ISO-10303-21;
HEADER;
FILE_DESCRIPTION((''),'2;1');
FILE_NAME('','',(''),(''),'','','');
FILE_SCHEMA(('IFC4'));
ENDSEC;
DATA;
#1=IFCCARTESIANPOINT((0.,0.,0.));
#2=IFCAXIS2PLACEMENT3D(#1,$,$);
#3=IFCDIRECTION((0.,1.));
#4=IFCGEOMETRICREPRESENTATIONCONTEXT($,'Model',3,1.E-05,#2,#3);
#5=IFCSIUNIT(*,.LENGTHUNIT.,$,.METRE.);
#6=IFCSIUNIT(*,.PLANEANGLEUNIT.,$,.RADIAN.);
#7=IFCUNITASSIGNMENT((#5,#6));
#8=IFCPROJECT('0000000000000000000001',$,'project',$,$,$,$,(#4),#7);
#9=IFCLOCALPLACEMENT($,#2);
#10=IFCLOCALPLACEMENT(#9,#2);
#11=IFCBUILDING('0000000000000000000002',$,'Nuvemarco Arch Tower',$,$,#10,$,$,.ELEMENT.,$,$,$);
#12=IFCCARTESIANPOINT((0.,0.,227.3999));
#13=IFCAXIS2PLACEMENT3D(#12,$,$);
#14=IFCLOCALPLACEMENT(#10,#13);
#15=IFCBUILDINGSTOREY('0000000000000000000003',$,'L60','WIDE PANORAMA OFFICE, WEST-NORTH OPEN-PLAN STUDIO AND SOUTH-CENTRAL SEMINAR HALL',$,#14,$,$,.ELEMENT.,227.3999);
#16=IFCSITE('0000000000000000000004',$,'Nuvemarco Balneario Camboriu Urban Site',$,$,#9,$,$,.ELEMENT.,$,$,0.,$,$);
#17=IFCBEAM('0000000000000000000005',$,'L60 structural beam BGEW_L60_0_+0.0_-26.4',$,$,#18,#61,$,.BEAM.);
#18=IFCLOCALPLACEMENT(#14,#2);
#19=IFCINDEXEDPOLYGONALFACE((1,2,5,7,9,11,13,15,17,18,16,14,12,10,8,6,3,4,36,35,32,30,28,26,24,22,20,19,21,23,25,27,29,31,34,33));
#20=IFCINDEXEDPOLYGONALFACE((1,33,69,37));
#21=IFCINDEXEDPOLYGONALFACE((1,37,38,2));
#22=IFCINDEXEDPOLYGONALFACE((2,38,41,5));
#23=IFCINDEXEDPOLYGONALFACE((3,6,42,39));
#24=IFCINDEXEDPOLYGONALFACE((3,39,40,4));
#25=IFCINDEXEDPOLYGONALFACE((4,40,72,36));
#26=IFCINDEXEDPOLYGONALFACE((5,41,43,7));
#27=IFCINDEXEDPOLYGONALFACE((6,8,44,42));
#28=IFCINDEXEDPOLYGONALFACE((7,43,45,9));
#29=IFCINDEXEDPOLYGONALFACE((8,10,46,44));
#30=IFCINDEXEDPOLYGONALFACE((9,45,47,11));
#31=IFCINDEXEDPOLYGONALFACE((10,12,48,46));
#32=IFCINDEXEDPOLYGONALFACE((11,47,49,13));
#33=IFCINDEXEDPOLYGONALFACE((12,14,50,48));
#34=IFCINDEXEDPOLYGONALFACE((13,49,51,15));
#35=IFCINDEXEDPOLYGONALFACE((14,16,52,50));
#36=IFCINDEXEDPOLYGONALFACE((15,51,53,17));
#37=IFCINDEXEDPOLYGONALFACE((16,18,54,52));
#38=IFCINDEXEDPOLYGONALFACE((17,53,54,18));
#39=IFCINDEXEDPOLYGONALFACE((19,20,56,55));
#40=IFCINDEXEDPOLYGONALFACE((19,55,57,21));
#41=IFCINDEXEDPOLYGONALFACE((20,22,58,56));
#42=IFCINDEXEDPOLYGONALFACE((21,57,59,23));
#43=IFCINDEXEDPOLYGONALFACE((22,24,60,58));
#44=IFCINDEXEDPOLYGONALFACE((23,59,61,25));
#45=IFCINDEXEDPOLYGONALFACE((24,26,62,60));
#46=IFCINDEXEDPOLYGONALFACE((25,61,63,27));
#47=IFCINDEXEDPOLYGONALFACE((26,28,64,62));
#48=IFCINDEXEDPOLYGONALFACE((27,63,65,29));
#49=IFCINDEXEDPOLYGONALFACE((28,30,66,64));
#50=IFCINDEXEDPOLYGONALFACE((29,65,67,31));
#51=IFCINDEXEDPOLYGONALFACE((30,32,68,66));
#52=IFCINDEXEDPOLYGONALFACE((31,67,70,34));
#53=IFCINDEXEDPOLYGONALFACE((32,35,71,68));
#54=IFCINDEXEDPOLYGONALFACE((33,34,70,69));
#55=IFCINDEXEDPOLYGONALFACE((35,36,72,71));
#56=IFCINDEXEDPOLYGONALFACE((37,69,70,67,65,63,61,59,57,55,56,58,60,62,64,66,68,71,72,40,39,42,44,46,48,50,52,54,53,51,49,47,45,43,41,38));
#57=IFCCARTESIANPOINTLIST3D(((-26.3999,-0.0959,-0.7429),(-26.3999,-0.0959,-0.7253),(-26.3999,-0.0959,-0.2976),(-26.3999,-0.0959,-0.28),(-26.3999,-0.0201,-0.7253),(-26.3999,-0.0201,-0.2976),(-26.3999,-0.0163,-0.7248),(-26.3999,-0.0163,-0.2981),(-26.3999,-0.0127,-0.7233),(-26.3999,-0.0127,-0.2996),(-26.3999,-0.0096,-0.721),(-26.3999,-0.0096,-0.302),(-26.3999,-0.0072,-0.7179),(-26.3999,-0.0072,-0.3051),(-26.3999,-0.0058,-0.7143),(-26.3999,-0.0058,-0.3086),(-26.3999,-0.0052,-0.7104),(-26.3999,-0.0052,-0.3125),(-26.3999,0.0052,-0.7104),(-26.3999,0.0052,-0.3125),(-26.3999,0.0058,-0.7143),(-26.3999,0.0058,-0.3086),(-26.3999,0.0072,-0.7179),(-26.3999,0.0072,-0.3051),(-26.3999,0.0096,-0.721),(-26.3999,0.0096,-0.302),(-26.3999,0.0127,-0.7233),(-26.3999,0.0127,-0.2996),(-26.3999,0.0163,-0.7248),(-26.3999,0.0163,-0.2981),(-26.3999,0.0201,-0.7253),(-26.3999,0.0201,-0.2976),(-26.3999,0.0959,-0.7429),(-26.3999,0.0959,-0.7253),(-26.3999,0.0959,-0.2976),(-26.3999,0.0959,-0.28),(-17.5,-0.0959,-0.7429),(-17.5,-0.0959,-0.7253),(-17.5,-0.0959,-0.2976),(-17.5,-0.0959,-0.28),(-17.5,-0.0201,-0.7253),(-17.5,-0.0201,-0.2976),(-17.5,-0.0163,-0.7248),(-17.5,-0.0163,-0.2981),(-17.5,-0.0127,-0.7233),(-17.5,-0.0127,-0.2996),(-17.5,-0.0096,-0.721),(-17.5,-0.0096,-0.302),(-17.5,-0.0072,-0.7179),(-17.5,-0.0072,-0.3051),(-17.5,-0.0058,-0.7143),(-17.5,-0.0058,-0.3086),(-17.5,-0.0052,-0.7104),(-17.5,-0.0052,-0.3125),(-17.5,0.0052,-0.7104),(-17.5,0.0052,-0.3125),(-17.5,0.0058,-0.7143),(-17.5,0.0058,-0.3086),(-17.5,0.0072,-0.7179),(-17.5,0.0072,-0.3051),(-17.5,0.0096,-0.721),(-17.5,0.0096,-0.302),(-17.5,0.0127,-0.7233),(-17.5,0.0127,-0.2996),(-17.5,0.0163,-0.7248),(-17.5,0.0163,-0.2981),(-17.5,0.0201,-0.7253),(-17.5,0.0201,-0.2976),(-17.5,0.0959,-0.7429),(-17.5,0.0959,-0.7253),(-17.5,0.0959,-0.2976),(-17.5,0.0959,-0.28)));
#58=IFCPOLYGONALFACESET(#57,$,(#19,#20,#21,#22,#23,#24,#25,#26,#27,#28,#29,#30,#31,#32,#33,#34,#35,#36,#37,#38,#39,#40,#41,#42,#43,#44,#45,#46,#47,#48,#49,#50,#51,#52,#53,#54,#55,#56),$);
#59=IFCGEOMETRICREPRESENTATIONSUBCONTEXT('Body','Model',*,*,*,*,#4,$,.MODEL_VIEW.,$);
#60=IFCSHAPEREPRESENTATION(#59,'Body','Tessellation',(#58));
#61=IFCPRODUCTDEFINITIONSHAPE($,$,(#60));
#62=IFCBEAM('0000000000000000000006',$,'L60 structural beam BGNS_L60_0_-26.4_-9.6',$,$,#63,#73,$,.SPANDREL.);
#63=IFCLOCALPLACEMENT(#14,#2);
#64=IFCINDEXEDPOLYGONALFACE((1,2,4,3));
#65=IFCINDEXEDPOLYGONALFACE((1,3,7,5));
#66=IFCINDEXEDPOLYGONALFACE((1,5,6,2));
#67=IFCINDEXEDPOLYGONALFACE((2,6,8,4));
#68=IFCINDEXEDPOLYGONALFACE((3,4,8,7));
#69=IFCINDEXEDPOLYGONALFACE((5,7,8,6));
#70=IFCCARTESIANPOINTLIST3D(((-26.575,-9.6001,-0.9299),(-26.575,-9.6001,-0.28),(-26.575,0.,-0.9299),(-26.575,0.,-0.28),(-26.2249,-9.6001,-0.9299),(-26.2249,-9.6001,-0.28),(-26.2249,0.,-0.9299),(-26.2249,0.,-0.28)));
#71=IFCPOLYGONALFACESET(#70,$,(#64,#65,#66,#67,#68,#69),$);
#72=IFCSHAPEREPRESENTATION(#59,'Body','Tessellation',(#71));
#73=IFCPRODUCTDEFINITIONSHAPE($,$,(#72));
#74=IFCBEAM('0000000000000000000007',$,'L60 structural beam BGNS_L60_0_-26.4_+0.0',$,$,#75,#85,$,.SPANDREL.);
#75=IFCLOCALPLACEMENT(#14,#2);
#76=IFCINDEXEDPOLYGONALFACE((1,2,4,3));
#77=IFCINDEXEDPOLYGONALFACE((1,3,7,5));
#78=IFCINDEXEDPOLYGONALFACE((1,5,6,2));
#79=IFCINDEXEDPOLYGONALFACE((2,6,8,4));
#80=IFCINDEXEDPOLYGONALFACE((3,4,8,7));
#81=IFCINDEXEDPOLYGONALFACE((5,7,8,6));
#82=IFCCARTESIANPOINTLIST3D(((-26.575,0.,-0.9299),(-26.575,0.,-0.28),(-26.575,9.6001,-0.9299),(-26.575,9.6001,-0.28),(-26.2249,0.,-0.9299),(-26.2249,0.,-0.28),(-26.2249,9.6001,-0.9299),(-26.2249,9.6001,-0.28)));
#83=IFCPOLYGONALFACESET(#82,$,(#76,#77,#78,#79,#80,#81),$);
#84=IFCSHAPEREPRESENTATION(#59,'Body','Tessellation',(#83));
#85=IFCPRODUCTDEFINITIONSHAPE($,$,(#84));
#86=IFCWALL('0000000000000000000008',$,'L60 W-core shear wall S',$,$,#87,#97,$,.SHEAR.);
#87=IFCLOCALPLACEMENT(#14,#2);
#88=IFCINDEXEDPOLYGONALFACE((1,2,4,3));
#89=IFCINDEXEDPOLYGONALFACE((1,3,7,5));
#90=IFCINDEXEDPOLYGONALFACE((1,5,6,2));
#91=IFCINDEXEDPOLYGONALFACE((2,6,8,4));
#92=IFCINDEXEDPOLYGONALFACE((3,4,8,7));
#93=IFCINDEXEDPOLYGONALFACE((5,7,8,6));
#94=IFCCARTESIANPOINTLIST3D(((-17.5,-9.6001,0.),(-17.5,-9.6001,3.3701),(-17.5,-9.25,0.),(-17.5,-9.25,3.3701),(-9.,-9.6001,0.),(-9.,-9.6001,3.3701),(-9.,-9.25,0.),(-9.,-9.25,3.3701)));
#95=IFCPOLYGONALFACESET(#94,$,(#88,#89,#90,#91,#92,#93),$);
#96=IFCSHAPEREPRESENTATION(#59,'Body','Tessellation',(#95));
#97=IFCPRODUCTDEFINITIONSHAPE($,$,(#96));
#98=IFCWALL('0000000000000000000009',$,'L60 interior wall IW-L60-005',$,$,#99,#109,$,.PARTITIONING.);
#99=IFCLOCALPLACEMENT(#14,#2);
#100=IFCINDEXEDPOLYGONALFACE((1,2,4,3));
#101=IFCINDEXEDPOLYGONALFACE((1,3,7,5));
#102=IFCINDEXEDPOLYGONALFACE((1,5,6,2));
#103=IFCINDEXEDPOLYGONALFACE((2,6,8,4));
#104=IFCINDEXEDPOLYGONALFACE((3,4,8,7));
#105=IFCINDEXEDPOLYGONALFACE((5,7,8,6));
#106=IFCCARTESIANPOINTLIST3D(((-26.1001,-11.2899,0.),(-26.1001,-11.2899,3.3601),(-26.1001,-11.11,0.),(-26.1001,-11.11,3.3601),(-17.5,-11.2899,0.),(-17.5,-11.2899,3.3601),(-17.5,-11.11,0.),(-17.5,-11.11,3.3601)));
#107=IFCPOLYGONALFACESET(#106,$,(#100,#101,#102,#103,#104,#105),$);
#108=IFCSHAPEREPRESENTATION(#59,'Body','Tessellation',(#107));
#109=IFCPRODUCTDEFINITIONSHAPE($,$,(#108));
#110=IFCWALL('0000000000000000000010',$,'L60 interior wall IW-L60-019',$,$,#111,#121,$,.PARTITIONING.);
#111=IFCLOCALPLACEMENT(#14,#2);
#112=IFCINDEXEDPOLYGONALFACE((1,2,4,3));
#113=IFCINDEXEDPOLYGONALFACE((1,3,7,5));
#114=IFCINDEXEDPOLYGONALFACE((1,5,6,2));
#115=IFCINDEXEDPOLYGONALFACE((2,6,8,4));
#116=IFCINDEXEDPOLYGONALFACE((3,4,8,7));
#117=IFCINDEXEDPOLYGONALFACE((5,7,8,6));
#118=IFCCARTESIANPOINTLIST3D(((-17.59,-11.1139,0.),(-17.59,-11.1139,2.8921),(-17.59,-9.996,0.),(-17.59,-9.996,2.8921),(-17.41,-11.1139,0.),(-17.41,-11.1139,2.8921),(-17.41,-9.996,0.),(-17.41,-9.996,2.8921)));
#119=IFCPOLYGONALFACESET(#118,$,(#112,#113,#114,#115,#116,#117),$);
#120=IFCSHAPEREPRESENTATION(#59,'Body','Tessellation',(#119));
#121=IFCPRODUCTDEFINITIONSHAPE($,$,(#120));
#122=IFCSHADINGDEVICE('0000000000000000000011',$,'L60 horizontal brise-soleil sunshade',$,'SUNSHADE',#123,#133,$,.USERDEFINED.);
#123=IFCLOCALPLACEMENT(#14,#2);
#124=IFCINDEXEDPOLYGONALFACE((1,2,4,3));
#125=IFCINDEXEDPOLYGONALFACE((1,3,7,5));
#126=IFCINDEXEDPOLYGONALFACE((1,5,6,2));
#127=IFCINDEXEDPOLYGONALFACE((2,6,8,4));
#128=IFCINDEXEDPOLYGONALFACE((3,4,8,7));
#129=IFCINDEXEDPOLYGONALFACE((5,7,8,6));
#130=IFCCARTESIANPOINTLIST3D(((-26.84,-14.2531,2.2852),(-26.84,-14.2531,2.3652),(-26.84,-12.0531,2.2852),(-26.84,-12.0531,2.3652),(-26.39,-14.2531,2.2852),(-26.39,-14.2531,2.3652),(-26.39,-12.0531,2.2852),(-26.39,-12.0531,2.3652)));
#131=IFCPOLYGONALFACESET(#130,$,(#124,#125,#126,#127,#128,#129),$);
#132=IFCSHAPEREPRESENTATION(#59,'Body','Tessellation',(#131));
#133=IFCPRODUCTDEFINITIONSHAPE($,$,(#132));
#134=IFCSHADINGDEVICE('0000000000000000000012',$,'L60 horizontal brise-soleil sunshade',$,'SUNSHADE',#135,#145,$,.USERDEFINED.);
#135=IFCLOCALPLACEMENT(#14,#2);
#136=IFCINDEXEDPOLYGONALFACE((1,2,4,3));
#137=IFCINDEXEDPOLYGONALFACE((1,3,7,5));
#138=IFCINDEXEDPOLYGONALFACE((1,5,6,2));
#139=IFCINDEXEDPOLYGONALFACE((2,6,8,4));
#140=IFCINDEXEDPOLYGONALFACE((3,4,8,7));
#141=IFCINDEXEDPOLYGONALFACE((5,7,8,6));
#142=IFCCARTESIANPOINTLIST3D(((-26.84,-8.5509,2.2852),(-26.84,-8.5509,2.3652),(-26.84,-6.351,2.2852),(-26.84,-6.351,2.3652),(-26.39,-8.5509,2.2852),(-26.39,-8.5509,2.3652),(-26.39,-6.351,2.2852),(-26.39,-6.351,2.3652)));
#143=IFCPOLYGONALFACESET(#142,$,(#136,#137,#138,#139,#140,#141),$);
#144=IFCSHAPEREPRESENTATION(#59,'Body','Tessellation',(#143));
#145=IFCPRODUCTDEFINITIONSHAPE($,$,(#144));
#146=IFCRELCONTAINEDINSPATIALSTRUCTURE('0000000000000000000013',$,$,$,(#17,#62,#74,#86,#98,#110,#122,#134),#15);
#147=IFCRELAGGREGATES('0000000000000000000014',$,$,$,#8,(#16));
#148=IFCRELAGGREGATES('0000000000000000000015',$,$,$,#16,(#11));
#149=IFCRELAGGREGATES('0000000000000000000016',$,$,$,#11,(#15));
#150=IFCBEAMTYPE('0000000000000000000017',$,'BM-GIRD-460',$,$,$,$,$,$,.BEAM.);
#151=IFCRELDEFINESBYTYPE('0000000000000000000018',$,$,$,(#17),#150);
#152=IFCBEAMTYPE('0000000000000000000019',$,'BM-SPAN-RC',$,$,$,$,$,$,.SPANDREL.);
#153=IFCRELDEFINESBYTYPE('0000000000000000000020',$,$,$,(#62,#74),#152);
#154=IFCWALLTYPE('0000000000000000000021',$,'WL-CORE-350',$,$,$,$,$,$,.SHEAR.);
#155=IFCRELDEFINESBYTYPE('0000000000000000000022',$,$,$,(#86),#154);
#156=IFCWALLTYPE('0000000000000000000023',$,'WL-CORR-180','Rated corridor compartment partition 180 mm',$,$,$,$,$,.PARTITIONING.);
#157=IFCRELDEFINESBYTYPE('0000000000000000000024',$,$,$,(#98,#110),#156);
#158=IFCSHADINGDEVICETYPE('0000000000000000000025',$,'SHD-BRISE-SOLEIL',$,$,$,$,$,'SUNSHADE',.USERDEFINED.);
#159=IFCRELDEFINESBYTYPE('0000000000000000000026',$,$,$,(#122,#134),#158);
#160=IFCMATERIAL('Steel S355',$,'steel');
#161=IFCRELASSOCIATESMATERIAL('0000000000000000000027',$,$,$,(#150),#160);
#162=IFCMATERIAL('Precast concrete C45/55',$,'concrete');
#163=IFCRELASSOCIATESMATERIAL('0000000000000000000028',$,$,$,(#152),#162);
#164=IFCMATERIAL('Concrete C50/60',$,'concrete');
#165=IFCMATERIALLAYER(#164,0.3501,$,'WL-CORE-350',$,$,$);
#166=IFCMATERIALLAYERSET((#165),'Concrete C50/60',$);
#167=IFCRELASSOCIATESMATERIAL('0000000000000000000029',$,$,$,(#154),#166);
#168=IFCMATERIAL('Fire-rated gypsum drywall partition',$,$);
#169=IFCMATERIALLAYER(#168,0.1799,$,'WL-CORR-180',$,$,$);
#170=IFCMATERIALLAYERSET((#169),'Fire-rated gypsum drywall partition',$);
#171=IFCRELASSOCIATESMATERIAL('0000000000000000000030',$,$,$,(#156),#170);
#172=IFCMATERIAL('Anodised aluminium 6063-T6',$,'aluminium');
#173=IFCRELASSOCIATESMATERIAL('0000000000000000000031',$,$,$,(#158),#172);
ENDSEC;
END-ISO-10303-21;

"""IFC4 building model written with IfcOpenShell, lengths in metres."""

from ifc_helpers import new_model, si_unit, direction, frame, frame_2d, origin, origin_2d, place, context, subcontext, project, spatial, rectangle, i_section, extrude, source, transform, mapped, material, layer, layer_set, material_profile, profile_set, type_object, type_shapes, element, save


model = new_model("IFC4")

# Units and contexts
model_context = context("Model", 3, precision=1e-05, world=origin(), true_north=direction((0.0, 1.0)))
body_context = subcontext(model_context, "Body", "Model", "MODEL_VIEW")
ifc_project = project(units=[si_unit("LENGTHUNIT", "METRE"), si_unit("PLANEANGLEUNIT", "RADIAN")], contexts=[model_context])

# Site, building, storey
site_placement = place(None, origin())
site = spatial("IfcSite", under=ifc_project, at=site_placement, Name="Nuvemarco Balneario Camboriu Urban Site", CompositionType="ELEMENT", RefElevation=0.0)
building_placement = place(site_placement, origin())
building = spatial("IfcBuilding", under=site, at=building_placement, Name="Nuvemarco Arch Tower", CompositionType="ELEMENT")
storey_placement = place(building_placement, frame((0.0, 0.0, 227.3999)))
storey = spatial("IfcBuildingStorey", under=building, at=storey_placement, Name="L60", Description="WIDE PANORAMA OFFICE, WEST-NORTH OPEN-PLAN STUDIO AND SOUTH-CENTRAL SEMINAR HALL", CompositionType="ELEMENT", Elevation=227.3999)

# Shared definitions
ifc_material_1 = material(Name="Concrete C50/60", Category="concrete")
ifc_material_2 = material(Name="Steel S355", Category="steel")

# Beams
ifc_material_profile_1 = material_profile(ifc_material_2, i_section(OverallWidth=0.1919, OverallDepth=0.4629, WebThickness=0.0105, FlangeThickness=0.0176, FilletRadius=0.0149, at=origin_2d()), Name="W460x89")
ifc_profile_set_1 = profile_set([ifc_material_profile_1], Name="Steel S355")
beam_type_1 = type_object("IfcBeamType", Name="BM-GIRD-460", PredefinedType="BEAM", material=ifc_profile_set_1)
beam_1_placement = place(storey_placement, frame((-26.3999, 0.0, -0.5115), z_axis=(1.0, 0.0, 0.0), x_axis=(0.0, 1.0, 0.0)))
element("IfcBeam", 1, at=beam_1_placement, inside=storey, type_object=beam_type_1, Name="L60 structural beam BGEW_L60_0_+0.0_-26.4", PredefinedType="BEAM", context=body_context, shape_type="SweptSolid", body=[
    extrude(i_section(OverallWidth=0.1919, OverallDepth=0.4629, WebThickness=0.0105, FlangeThickness=0.0176, FilletRadius=0.0149, at=origin_2d()), origin(), (0.0, 0.0, 1.0), 8.8999),
])
ifc_material_3 = material(Name="Precast concrete C45/55", Category="concrete")
ifc_material_profile_2 = material_profile(ifc_material_3, rectangle(XDim=0.3501, YDim=0.6499, at=origin_2d()), Name="PC-SP-350x650")
ifc_profile_set_2 = profile_set([ifc_material_profile_2], Name="Precast concrete C45/55")
beam_type_2 = type_object("IfcBeamType", Name="BM-SPAN-RC", PredefinedType="SPANDREL", material=ifc_profile_set_2)
for number, where, z_axis, x_axis, name in (
    (2, (-26.3999, -9.6001, -0.605), (0.0, 1.0, 0.0), (-1.0, 0.0, 0.0), "L60 structural beam BGNS_L60_0_-26.4_-9.6"),
    (3, (-26.3999, 0.0, -0.605), (0.0, 1.0, 0.0), (-1.0, 0.0, 0.0), "L60 structural beam BGNS_L60_0_-26.4_+0.0"),
):
    element("IfcBeam", number, at=place(storey_placement, frame(where, z_axis=z_axis, x_axis=x_axis)), inside=storey, type_object=beam_type_2, Name=name, PredefinedType="SPANDREL", context=body_context, shape_type="SweptSolid", body=[
        extrude(rectangle(XDim=0.3501, YDim=0.6499, at=origin_2d()), origin(), (0.0, 0.0, 1.0), 9.6001),
    ])

# Shared definitions
ifc_material_4 = material(Name="Anodised aluminium 6063-T6", Category="aluminium")

# Walls
ifc_layer_1 = layer(ifc_material_1, 0.3501, Name="WL-CORE-350")
ifc_layer_set_1 = layer_set([ifc_layer_1], Name="Concrete C50/60")
wall_type_1 = type_object("IfcWallType", Name="WL-CORE-350", PredefinedType="SHEAR", material=ifc_layer_set_1)
wall_1_placement = place(storey_placement, frame((-17.5, -9.425, 0.0), z_axis=(0.0, 0.0, 1.0), x_axis=(1.0, 0.0, 0.0)))
element("IfcWall", 4, at=wall_1_placement, inside=storey, type_object=wall_type_1, Name="L60 W-core shear wall S", PredefinedType="SHEAR", context=body_context, shape_type="SweptSolid", body=[
    extrude(rectangle(XDim=8.5, YDim=0.3501, at=frame_2d((4.25, 0.0))), origin(), (0.0, 0.0, 1.0), 3.3701),
])
ifc_material_5 = material(Name="Fire-rated gypsum drywall partition")
ifc_layer_2 = layer(ifc_material_5, 0.1799, Name="WL-CORR-180")
ifc_layer_set_2 = layer_set([ifc_layer_2], Name="Fire-rated gypsum drywall partition")
wall_type_2 = type_object("IfcWallType", Name="WL-CORR-180", Description="Rated corridor compartment partition 180 mm", PredefinedType="PARTITIONING", material=ifc_layer_set_2)
wall_2_placement = place(storey_placement, frame((-26.1001, -11.2, 0.0), z_axis=(0.0, 0.0, 1.0), x_axis=(1.0, 0.0, 0.0)))
element("IfcWall", 5, at=wall_2_placement, inside=storey, type_object=wall_type_2, Name="L60 interior wall IW-L60-005", PredefinedType="PARTITIONING", context=body_context, shape_type="SweptSolid", body=[
    extrude(rectangle(XDim=8.6001, YDim=0.1799, at=frame_2d((4.3, 0.0))), origin(), (0.0, 0.0, 1.0), 3.3601),
])
wall_3_placement = place(storey_placement, frame((-17.5, -11.114, 0.0), z_axis=(0.0, 0.0, 1.0), x_axis=(0.0, 1.0, 0.0)))
element("IfcWall", 6, at=wall_3_placement, inside=storey, type_object=wall_type_2, Name="L60 interior wall IW-L60-019", PredefinedType="PARTITIONING", context=body_context, shape_type="SweptSolid", body=[
    extrude(rectangle(XDim=1.1179, YDim=0.1799, at=frame_2d((0.5591, 0.0))), origin(), (0.0, 0.0, 1.0), 2.8921),
])

# Shading devices
shading_device_type = type_object("IfcShadingDeviceType", Name="SHD-BRISE-SOLEIL", ElementType="SUNSHADE", PredefinedType="USERDEFINED", material=ifc_material_4)
shared_shape_1 = source(origin(), body_context, "Body", "SweptSolid", [
    extrude(rectangle(XDim=2.2, YDim=0.45, at=origin_2d()), origin(), (0.0, 0.0, 1.0), 0.0801),
])
type_shapes(shading_device_type, [shared_shape_1])
for number, where, z_axis, x_axis, name in (
    (7, (-26.615, -13.1531, 2.2852), (0.0, 0.0, 1.0), (0.0, 1.0, 0.0), "L60 horizontal brise-soleil sunshade"),
    (8, (-26.615, -7.4509, 2.2852), (0.0, 0.0, 1.0), (0.0, 1.0, 0.0), "L60 horizontal brise-soleil sunshade"),
):
    element("IfcShadingDevice", number, at=place(storey_placement, frame(where, z_axis=z_axis, x_axis=x_axis)), inside=storey, type_object=shading_device_type, Name=name, ObjectType="SUNSHADE", PredefinedType="USERDEFINED", context=body_context, shape_type="MappedRepresentation", body=[
        mapped(shared_shape_1, transform((0.0, 0.0, 0.0), scale=1.0)),
    ])

save(model, "model.ifc")
